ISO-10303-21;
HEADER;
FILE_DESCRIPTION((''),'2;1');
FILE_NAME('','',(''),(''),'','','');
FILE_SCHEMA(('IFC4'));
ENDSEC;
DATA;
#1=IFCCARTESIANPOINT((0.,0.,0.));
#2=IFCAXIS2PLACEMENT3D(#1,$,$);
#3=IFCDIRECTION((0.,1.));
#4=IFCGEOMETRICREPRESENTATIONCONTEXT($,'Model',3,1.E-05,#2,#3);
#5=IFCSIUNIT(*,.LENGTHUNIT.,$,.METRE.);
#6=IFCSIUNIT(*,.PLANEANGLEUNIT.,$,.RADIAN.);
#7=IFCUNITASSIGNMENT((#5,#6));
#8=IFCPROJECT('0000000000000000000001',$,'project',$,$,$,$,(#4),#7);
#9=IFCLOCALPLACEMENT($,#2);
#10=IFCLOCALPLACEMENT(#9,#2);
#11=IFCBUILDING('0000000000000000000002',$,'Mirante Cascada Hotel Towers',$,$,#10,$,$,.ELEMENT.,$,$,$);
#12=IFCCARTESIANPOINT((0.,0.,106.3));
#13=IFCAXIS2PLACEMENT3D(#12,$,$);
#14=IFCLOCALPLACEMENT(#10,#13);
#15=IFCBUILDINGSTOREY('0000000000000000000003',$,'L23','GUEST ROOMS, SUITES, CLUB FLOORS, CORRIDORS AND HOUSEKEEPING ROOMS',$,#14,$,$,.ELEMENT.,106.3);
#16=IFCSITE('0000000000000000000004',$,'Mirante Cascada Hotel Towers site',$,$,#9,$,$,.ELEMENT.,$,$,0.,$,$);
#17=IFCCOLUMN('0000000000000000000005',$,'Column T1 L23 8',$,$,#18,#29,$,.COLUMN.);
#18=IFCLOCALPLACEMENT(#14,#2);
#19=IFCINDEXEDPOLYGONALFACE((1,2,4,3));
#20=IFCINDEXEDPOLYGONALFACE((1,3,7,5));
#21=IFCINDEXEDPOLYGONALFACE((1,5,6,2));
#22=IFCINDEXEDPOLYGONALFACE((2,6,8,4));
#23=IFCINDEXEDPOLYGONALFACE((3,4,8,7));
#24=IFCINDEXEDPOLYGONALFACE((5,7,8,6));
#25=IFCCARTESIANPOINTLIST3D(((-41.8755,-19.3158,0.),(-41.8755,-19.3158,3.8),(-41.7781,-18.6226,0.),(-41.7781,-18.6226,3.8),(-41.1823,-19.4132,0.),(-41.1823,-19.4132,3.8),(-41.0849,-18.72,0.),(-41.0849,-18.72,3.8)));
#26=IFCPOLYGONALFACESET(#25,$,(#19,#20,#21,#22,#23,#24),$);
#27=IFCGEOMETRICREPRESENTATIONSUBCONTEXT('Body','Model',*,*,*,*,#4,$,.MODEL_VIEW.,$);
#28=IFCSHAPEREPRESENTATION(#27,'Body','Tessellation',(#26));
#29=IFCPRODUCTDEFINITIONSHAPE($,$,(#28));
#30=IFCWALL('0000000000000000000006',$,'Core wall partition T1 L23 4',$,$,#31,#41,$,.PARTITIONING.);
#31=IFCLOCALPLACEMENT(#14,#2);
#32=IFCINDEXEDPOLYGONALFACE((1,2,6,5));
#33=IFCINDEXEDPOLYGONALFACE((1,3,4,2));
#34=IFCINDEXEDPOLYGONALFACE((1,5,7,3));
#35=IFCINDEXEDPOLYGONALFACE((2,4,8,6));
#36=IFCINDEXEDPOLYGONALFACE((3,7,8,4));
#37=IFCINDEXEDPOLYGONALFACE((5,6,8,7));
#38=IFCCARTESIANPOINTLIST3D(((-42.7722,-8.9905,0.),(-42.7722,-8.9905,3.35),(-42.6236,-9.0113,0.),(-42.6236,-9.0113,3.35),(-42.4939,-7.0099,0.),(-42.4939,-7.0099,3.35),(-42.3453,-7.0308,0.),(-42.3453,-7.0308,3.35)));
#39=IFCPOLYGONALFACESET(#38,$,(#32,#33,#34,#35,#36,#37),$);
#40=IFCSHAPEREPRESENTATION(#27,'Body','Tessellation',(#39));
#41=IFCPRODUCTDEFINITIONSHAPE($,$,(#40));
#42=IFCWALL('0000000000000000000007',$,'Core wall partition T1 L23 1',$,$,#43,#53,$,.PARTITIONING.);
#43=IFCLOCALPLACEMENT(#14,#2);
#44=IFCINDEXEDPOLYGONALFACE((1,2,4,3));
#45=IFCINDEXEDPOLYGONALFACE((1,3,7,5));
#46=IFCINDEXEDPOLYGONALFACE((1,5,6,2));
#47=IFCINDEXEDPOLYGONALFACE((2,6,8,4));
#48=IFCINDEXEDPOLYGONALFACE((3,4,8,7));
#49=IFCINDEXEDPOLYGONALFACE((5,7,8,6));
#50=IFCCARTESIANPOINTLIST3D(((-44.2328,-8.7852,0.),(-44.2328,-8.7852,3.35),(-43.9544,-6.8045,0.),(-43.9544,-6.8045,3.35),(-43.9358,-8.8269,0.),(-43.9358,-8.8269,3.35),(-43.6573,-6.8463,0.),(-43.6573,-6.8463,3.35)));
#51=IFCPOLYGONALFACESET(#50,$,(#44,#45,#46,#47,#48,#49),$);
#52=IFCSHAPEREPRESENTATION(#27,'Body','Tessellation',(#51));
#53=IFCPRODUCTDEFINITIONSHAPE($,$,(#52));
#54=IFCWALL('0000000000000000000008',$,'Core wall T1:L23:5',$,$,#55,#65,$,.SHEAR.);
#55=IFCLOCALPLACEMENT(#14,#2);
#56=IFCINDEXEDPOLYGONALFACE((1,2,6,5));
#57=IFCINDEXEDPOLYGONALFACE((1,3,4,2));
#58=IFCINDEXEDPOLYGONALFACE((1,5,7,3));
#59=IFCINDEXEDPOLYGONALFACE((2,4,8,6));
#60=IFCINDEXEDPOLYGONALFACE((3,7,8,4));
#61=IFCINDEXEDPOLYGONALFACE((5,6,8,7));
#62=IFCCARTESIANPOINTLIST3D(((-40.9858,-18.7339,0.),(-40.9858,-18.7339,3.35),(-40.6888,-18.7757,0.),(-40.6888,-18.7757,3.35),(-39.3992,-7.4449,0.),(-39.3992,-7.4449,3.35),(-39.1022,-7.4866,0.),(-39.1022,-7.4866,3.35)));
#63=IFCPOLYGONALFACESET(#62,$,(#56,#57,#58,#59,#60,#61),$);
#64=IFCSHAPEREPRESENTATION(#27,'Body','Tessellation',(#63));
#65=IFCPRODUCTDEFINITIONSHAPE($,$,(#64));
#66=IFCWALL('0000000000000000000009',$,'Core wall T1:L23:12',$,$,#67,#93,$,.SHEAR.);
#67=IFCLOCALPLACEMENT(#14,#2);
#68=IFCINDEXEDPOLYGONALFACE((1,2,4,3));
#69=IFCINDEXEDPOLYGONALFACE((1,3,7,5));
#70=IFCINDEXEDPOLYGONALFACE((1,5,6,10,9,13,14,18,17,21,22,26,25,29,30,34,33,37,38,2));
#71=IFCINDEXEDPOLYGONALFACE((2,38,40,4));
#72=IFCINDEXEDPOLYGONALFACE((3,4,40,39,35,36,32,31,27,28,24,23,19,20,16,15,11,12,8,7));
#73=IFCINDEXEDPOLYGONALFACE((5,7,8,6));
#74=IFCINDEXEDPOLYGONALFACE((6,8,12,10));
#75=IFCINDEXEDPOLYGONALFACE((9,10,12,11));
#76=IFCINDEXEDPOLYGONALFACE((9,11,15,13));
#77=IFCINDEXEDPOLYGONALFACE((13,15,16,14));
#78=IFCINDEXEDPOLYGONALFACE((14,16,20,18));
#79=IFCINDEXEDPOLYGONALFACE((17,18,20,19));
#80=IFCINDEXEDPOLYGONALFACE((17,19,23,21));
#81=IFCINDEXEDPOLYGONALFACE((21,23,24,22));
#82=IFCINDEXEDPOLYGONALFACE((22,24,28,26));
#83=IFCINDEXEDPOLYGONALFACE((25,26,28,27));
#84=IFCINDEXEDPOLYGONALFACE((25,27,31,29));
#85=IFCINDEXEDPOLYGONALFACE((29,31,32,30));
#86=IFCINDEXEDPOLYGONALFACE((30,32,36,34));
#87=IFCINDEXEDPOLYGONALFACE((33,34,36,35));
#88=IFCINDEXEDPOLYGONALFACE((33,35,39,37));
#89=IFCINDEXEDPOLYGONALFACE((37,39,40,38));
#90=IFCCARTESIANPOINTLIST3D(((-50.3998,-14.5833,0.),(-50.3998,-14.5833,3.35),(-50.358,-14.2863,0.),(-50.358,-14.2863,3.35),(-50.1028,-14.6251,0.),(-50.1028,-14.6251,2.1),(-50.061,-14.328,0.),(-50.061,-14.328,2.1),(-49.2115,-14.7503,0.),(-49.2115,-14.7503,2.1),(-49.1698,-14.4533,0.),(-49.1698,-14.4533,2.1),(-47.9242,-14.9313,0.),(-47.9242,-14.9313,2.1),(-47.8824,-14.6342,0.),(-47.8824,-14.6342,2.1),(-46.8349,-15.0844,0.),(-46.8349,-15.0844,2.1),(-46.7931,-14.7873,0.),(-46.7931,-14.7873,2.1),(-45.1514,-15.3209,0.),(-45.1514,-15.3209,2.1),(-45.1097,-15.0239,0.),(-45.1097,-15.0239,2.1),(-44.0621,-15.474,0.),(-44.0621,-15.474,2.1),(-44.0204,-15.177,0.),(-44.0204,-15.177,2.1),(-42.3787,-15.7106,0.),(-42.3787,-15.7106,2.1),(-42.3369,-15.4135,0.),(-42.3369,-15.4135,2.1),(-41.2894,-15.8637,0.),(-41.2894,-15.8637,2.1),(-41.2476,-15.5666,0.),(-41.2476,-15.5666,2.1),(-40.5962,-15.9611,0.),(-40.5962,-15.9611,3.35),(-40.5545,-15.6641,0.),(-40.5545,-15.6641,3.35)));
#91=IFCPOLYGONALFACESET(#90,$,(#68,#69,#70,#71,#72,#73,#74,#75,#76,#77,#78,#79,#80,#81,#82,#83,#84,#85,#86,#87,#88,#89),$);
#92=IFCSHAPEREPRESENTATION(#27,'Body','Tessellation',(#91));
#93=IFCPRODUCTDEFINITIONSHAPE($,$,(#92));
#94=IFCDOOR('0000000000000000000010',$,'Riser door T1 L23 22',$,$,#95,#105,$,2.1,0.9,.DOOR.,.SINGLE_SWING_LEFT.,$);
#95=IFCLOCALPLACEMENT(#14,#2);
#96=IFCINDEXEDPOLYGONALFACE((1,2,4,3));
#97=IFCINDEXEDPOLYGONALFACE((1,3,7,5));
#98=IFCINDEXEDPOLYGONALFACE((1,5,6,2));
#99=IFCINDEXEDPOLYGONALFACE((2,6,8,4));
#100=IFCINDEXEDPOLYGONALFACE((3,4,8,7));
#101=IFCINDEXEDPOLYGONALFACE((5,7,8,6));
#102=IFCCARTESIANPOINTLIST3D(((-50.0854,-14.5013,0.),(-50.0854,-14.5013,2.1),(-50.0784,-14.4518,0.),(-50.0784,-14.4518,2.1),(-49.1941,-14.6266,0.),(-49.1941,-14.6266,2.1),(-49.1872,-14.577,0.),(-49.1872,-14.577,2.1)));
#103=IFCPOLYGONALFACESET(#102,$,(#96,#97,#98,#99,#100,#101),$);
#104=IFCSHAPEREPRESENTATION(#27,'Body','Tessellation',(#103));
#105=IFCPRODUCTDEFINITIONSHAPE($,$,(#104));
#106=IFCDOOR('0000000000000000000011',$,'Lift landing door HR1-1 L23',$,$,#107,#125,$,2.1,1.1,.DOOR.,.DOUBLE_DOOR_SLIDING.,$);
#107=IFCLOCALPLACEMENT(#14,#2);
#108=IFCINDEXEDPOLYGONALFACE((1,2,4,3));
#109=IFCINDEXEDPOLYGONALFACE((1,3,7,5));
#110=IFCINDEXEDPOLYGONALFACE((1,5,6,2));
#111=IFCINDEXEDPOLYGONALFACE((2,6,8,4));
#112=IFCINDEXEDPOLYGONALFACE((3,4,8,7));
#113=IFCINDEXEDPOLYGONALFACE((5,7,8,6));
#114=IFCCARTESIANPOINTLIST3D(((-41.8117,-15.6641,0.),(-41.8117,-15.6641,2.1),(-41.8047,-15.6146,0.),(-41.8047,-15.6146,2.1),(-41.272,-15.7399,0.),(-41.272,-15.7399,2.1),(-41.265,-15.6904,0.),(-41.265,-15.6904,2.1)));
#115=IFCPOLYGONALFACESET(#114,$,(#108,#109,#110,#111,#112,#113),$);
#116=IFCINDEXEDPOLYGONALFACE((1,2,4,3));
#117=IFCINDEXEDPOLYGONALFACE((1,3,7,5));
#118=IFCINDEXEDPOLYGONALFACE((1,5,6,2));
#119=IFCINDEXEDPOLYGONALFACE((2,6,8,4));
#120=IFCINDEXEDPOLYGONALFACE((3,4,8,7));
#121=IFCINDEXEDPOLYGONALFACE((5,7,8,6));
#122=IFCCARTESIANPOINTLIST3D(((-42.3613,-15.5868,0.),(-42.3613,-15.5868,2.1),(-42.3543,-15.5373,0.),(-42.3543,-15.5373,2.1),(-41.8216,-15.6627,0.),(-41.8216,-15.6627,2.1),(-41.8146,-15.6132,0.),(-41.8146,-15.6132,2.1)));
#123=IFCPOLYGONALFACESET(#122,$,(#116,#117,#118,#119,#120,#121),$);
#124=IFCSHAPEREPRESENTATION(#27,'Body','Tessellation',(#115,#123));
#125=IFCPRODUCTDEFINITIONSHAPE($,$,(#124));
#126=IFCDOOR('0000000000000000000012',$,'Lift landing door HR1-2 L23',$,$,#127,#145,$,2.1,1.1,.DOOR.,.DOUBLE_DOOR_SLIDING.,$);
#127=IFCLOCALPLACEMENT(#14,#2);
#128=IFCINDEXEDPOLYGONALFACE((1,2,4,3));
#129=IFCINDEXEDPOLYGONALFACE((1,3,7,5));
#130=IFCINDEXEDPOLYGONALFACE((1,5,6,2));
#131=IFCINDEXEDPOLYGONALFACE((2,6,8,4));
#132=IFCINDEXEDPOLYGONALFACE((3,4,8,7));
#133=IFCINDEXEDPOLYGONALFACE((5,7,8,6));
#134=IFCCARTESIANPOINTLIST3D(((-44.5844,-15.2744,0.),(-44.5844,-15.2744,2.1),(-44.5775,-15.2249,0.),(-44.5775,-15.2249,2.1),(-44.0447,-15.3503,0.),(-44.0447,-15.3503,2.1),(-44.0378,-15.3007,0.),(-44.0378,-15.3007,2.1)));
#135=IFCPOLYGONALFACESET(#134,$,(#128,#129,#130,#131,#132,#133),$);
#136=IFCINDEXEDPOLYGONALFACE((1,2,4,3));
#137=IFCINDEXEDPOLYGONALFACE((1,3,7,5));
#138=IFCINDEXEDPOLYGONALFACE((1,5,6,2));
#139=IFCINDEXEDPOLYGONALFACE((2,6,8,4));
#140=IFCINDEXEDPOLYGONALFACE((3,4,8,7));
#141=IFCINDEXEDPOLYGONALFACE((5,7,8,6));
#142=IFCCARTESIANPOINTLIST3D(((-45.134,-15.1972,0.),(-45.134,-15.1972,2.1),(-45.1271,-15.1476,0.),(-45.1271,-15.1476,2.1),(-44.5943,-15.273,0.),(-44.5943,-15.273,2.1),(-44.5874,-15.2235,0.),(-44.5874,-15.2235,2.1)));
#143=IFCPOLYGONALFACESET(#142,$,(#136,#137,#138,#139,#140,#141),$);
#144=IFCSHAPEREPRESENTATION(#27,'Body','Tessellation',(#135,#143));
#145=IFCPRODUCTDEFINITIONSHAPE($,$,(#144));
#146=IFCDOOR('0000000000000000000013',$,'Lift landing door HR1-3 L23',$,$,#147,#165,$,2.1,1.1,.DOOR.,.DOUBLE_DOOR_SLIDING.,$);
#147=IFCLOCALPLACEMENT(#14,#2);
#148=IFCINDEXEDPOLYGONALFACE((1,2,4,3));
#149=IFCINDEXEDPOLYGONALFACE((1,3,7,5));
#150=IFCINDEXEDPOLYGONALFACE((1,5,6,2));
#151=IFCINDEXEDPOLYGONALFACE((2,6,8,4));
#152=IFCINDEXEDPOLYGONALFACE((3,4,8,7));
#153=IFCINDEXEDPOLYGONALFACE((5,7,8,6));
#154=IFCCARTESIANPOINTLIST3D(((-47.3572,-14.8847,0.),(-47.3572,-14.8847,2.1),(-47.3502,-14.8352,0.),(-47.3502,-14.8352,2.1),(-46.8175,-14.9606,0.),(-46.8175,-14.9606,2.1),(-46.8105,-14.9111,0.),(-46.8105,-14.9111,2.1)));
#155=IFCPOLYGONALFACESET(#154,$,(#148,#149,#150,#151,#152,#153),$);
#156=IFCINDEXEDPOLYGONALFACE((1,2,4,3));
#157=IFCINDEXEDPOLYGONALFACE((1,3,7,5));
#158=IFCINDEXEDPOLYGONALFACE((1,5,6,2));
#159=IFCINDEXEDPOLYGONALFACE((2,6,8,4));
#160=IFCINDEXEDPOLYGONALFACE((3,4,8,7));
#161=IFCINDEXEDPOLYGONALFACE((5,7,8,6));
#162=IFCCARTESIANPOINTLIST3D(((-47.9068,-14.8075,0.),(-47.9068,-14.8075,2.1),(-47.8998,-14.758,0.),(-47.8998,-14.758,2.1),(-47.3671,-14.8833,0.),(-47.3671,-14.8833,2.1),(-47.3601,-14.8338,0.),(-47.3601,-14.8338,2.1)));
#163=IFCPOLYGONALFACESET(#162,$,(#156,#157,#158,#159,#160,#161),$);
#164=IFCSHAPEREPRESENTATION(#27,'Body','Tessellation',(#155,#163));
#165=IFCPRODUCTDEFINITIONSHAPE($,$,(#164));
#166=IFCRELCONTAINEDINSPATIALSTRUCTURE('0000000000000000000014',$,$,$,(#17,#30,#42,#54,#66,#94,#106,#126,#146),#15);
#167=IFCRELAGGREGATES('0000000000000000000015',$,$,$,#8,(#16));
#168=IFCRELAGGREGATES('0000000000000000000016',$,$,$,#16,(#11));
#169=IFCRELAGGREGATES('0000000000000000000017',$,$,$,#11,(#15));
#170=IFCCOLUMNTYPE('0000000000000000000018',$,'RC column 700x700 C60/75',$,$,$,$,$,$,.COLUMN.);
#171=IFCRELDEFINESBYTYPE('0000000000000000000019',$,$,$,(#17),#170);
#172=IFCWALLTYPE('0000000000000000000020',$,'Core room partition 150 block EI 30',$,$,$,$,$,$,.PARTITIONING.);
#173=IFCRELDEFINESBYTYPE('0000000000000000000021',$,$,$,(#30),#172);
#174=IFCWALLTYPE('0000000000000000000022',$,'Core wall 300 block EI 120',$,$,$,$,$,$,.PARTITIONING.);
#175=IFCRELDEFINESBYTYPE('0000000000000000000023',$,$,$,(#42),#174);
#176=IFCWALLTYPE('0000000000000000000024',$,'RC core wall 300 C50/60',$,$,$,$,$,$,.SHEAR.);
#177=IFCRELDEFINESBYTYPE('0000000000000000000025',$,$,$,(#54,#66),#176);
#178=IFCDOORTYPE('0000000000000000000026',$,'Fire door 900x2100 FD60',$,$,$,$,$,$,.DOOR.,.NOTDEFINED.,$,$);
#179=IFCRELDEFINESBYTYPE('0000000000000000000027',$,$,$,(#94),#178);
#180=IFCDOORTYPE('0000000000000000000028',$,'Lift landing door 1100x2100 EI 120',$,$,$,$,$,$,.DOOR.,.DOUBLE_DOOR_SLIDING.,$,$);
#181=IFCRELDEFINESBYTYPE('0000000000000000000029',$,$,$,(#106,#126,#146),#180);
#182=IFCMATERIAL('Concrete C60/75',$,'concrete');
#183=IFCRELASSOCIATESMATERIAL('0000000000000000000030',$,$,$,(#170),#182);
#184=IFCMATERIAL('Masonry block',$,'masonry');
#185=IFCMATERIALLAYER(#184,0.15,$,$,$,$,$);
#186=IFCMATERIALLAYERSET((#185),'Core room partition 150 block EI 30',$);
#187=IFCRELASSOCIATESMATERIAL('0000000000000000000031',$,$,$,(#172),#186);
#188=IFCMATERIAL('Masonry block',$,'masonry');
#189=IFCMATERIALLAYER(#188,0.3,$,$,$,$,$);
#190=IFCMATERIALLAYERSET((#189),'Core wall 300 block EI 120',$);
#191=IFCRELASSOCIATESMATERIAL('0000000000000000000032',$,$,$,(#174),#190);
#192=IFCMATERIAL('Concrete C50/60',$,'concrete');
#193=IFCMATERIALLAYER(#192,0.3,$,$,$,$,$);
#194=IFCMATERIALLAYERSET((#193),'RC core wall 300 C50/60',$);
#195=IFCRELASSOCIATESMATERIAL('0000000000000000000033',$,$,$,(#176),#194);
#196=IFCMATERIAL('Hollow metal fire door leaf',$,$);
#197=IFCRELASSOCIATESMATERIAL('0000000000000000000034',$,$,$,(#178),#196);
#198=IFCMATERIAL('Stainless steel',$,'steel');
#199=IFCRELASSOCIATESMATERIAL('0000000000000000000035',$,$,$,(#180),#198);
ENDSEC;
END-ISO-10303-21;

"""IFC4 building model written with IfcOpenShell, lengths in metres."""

from ifc_helpers import new_model, si_unit, direction, frame, frame_2d, origin, origin_2d, place, context, subcontext, project, spatial, rectangle, extrude, material, layer, layer_set, material_profile, profile_set, type_object, element, fill, save


model = new_model("IFC4")

# Units and contexts
model_context = context("Model", 3, precision=1e-05, world=origin(), true_north=direction((0.0, 1.0)))
body_context = subcontext(model_context, "Body", "Model", "MODEL_VIEW")
ifc_project = project(units=[si_unit("LENGTHUNIT", "METRE"), si_unit("PLANEANGLEUNIT", "RADIAN")], contexts=[model_context])

# Site, building, storey
site_placement = place(None, origin())
site = spatial("IfcSite", under=ifc_project, at=site_placement, Name="Mirante Cascada Hotel Towers site", CompositionType="ELEMENT", RefElevation=0.0)
building_placement = place(site_placement, origin())
building = spatial("IfcBuilding", under=site, at=building_placement, Name="Mirante Cascada Hotel Towers", CompositionType="ELEMENT")
storey_placement = place(building_placement, frame((0.0, 0.0, 106.3)))
storey = spatial("IfcBuildingStorey", under=building, at=storey_placement, Name="L23", Description="GUEST ROOMS, SUITES, CLUB FLOORS, CORRIDORS AND HOUSEKEEPING ROOMS", CompositionType="ELEMENT", Elevation=106.3)

# Column
ifc_material_1 = material(Name="Concrete C60/75", Category="concrete")
ifc_material_profile = material_profile(ifc_material_1, rectangle(XDim=0.7, YDim=0.7, at=origin_2d()), Name="RC column 700x700 C60/75")
ifc_profile_set = profile_set([ifc_material_profile], Name="Concrete C60/75")
column_type = type_object("IfcColumnType", Name="RC column 700x700 C60/75", PredefinedType="COLUMN", material=ifc_profile_set)
column_placement = place(storey_placement, frame((-41.4802, -19.0179, 0.0), z_axis=(0.0, 0.0, 1.0), x_axis=(-0.990268, 0.139173, 0.0)))
element("IfcColumn", 1, at=column_placement, inside=storey, type_object=column_type, Name="Column T1 L23 8", PredefinedType="COLUMN", context=body_context, shape_type="SweptSolid", body=[
    extrude(rectangle(XDim=0.7, YDim=0.7, at=origin_2d()), origin(), (0.0, 0.0, 1.0), 3.8),
])

# Walls
ifc_material_2 = material(Name="Masonry block", Category="masonry")
ifc_layer_1 = layer(ifc_material_2, 0.15)
ifc_layer_set_1 = layer_set([ifc_layer_1], Name="Core room partition 150 block EI 30")
wall_type_1 = type_object("IfcWallType", Name="Core room partition 150 block EI 30", PredefinedType="PARTITIONING", material=ifc_layer_set_1)
wall_1_placement = place(storey_placement, frame((-42.6979, -9.0009, 0.0), z_axis=(0.0, 0.0, 1.0), x_axis=(0.139153, 0.990271, 0.0)))
element("IfcWall", 2, at=wall_1_placement, inside=storey, type_object=wall_type_1, Name="Core wall partition T1 L23 4", PredefinedType="PARTITIONING", context=body_context, shape_type="SweptSolid", body=[
    extrude(rectangle(XDim=2.0, YDim=0.15, at=frame_2d((1.0, 0.0))), origin(), (0.0, 0.0, 1.0), 3.35),
])
ifc_material_3 = material(Name="Masonry block", Category="masonry")
ifc_layer_2 = layer(ifc_material_3, 0.3)
ifc_layer_set_2 = layer_set([ifc_layer_2], Name="Core wall 300 block EI 120")
wall_type_2 = type_object("IfcWallType", Name="Core wall 300 block EI 120", PredefinedType="PARTITIONING", material=ifc_layer_set_2)
wall_2_placement = place(storey_placement, frame((-44.0843, -8.8061, 0.0), z_axis=(0.0, 0.0, 1.0), x_axis=(0.139195, 0.990265, 0.0)))
element("IfcWall", 3, at=wall_2_placement, inside=storey, type_object=wall_type_2, Name="Core wall partition T1 L23 1", PredefinedType="PARTITIONING", context=body_context, shape_type="SweptSolid", body=[
    extrude(rectangle(XDim=2.0001, YDim=0.3, at=frame_2d((1.0001, 0.0))), origin(), (0.0, 0.0, 1.0), 3.35),
])
ifc_material_4 = material(Name="Concrete C50/60", Category="concrete")
ifc_layer_3 = layer(ifc_material_4, 0.3)
ifc_layer_set_3 = layer_set([ifc_layer_3], Name="RC core wall 300 C50/60")
wall_type_3 = type_object("IfcWallType", Name="RC core wall 300 C50/60", PredefinedType="SHEAR", material=ifc_layer_set_3)
wall_3_placement = place(storey_placement, frame((-40.8373, -18.7548, 0.0), z_axis=(0.0, 0.0, 1.0), x_axis=(0.139175, 0.990268, 0.0)))
element("IfcWall", 4, at=wall_3_placement, inside=storey, type_object=wall_type_3, Name="Core wall T1:L23:5", PredefinedType="SHEAR", context=body_context, shape_type="SweptSolid", body=[
    extrude(rectangle(XDim=11.4, YDim=0.3, at=frame_2d((5.7, 0.0))), origin(), (0.0, 0.0, 1.0), 3.35),
])

# Wall, openings, doors
wall_4_placement = place(storey_placement, frame((-40.5753, -15.8126, 0.0), z_axis=(0.0, 0.0, 1.0), x_axis=(-0.990268, 0.139173, 0.0)))
wall_4 = element("IfcWall", 5, at=wall_4_placement, inside=storey, type_object=wall_type_3, Name="Core wall T1:L23:12", PredefinedType="SHEAR", context=body_context, shape_type="SweptSolid", body=[
    extrude(rectangle(XDim=9.8999, YDim=0.3, at=frame_2d((4.95, 0.0))), origin(), (0.0, 0.0, 1.0), 3.35),
])
opening_1_placement = place(wall_4_placement, frame((0.7, 0.0, 0.0)))
opening_1 = element("IfcOpeningElement", 6, at=opening_1_placement, cuts=wall_4, PredefinedType="OPENING", context=body_context, shape_type="SweptSolid", body=[
    extrude(rectangle(XDim=1.1, YDim=2.1, at=frame_2d((0.55, 1.05))), frame((0.0, 0.15, 0.0), z_axis=(0.0, -1.0, 0.0), x_axis=(1.0, 0.0, 0.0)), (0.0, 0.0, 1.0), 0.3),
])
opening_2_placement = place(wall_4_placement, frame((3.5, 0.0, 0.0)))
opening_2 = element("IfcOpeningElement", 7, at=opening_2_placement, cuts=wall_4, PredefinedType="OPENING", context=body_context, shape_type="SweptSolid", body=[
    extrude(rectangle(XDim=1.1, YDim=2.1, at=frame_2d((0.55, 1.05))), frame((0.0, 0.15, 0.0), z_axis=(0.0, -1.0, 0.0), x_axis=(1.0, 0.0, 0.0)), (0.0, 0.0, 1.0), 0.3),
])
opening_3_placement = place(wall_4_placement, frame((6.3, 0.0, 0.0)))
opening_3 = element("IfcOpeningElement", 8, at=opening_3_placement, cuts=wall_4, PredefinedType="OPENING", context=body_context, shape_type="SweptSolid", body=[
    extrude(rectangle(XDim=1.1, YDim=2.1, at=frame_2d((0.55, 1.05))), frame((0.0, 0.15, 0.0), z_axis=(0.0, -1.0, 0.0), x_axis=(1.0, 0.0, 0.0)), (0.0, 0.0, 1.0), 0.3),
])
opening_4_placement = place(wall_4_placement, frame((8.7, 0.0, 0.0)))
opening_4 = element("IfcOpeningElement", 9, at=opening_4_placement, cuts=wall_4, PredefinedType="OPENING", context=body_context, shape_type="SweptSolid", body=[
    extrude(rectangle(XDim=0.9, YDim=2.1, at=frame_2d((0.45, 1.05))), frame((0.0, 0.15, 0.0), z_axis=(0.0, -1.0, 0.0), x_axis=(1.0, 0.0, 0.0)), (0.0, 0.0, 1.0), 0.3),
])
ifc_material_5 = material(Name="Hollow metal fire door leaf")
door_type_1 = type_object("IfcDoorType", Name="Fire door 900x2100 FD60", OperationType="NOTDEFINED", PredefinedType="DOOR", material=ifc_material_5)
door_1_placement = place(opening_4_placement, origin())
door_1 = element("IfcDoor", 10, at=door_1_placement, inside=storey, type_object=door_type_1, Name="Riser door T1 L23 22", OperationType="SINGLE_SWING_LEFT", OverallHeight=2.1, OverallWidth=0.9, PredefinedType="DOOR", context=body_context, shape_type="SweptSolid", body=[
    extrude(rectangle(XDim=0.9, YDim=2.1, at=frame_2d((0.45, 1.05))), frame((0.0, 0.025, 0.0), z_axis=(0.0, -1.0, 0.0), x_axis=(1.0, 0.0, 0.0)), (0.0, 0.0, 1.0), 0.05),
])
fill(opening_4, door_1)
ifc_material_6 = material(Name="Stainless steel", Category="steel")
door_type_2 = type_object("IfcDoorType", Name="Lift landing door 1100x2100 EI 120", OperationType="DOUBLE_DOOR_SLIDING", PredefinedType="DOOR", material=ifc_material_6)
door_2_placement = place(opening_1_placement, origin())
door_2 = element("IfcDoor", 11, at=door_2_placement, inside=storey, type_object=door_type_2, Name="Lift landing door HR1-1 L23", OperationType="DOUBLE_DOOR_SLIDING", OverallHeight=2.1, OverallWidth=1.1, PredefinedType="DOOR", context=body_context, shape_type="SweptSolid", body=[
    extrude(rectangle(XDim=0.545, YDim=2.1, at=frame_2d((0.2725, 1.05))), frame((0.0, 0.025, 0.0), z_axis=(0.0, -1.0, 0.0), x_axis=(1.0, 0.0, 0.0)), (0.0, 0.0, 1.0), 0.05),
    extrude(rectangle(XDim=0.545, YDim=2.1, at=frame_2d((0.8275, 1.05))), frame((0.0, 0.025, 0.0), z_axis=(0.0, -1.0, 0.0), x_axis=(1.0, 0.0, 0.0)), (0.0, 0.0, 1.0), 0.05),
])
fill(opening_1, door_2)
door_3_placement = place(opening_2_placement, origin())
door_3 = element("IfcDoor", 12, at=door_3_placement, inside=storey, type_object=door_type_2, Name="Lift landing door HR1-2 L23", OperationType="DOUBLE_DOOR_SLIDING", OverallHeight=2.1, OverallWidth=1.1, PredefinedType="DOOR", context=body_context, shape_type="SweptSolid", body=[
    extrude(rectangle(XDim=0.545, YDim=2.1, at=frame_2d((0.2725, 1.05))), frame((0.0, 0.025, 0.0), z_axis=(0.0, -1.0, 0.0), x_axis=(1.0, 0.0, 0.0)), (0.0, 0.0, 1.0), 0.05),
    extrude(rectangle(XDim=0.545, YDim=2.1, at=frame_2d((0.8275, 1.05))), frame((0.0, 0.025, 0.0), z_axis=(0.0, -1.0, 0.0), x_axis=(1.0, 0.0, 0.0)), (0.0, 0.0, 1.0), 0.05),
])
fill(opening_2, door_3)
door_4_placement = place(opening_3_placement, origin())
door_4 = element("IfcDoor", 13, at=door_4_placement, inside=storey, type_object=door_type_2, Name="Lift landing door HR1-3 L23", OperationType="DOUBLE_DOOR_SLIDING", OverallHeight=2.1, OverallWidth=1.1, PredefinedType="DOOR", context=body_context, shape_type="SweptSolid", body=[
    extrude(rectangle(XDim=0.545, YDim=2.1, at=frame_2d((0.2725, 1.05))), frame((0.0, 0.025, 0.0), z_axis=(0.0, -1.0, 0.0), x_axis=(1.0, 0.0, 0.0)), (0.0, 0.0, 1.0), 0.05),
    extrude(rectangle(XDim=0.545, YDim=2.1, at=frame_2d((0.8275, 1.05))), frame((0.0, 0.025, 0.0), z_axis=(0.0, -1.0, 0.0), x_axis=(1.0, 0.0, 0.0)), (0.0, 0.0, 1.0), 0.05),
])
fill(opening_3, door_4)

save(model, "model.ifc")
